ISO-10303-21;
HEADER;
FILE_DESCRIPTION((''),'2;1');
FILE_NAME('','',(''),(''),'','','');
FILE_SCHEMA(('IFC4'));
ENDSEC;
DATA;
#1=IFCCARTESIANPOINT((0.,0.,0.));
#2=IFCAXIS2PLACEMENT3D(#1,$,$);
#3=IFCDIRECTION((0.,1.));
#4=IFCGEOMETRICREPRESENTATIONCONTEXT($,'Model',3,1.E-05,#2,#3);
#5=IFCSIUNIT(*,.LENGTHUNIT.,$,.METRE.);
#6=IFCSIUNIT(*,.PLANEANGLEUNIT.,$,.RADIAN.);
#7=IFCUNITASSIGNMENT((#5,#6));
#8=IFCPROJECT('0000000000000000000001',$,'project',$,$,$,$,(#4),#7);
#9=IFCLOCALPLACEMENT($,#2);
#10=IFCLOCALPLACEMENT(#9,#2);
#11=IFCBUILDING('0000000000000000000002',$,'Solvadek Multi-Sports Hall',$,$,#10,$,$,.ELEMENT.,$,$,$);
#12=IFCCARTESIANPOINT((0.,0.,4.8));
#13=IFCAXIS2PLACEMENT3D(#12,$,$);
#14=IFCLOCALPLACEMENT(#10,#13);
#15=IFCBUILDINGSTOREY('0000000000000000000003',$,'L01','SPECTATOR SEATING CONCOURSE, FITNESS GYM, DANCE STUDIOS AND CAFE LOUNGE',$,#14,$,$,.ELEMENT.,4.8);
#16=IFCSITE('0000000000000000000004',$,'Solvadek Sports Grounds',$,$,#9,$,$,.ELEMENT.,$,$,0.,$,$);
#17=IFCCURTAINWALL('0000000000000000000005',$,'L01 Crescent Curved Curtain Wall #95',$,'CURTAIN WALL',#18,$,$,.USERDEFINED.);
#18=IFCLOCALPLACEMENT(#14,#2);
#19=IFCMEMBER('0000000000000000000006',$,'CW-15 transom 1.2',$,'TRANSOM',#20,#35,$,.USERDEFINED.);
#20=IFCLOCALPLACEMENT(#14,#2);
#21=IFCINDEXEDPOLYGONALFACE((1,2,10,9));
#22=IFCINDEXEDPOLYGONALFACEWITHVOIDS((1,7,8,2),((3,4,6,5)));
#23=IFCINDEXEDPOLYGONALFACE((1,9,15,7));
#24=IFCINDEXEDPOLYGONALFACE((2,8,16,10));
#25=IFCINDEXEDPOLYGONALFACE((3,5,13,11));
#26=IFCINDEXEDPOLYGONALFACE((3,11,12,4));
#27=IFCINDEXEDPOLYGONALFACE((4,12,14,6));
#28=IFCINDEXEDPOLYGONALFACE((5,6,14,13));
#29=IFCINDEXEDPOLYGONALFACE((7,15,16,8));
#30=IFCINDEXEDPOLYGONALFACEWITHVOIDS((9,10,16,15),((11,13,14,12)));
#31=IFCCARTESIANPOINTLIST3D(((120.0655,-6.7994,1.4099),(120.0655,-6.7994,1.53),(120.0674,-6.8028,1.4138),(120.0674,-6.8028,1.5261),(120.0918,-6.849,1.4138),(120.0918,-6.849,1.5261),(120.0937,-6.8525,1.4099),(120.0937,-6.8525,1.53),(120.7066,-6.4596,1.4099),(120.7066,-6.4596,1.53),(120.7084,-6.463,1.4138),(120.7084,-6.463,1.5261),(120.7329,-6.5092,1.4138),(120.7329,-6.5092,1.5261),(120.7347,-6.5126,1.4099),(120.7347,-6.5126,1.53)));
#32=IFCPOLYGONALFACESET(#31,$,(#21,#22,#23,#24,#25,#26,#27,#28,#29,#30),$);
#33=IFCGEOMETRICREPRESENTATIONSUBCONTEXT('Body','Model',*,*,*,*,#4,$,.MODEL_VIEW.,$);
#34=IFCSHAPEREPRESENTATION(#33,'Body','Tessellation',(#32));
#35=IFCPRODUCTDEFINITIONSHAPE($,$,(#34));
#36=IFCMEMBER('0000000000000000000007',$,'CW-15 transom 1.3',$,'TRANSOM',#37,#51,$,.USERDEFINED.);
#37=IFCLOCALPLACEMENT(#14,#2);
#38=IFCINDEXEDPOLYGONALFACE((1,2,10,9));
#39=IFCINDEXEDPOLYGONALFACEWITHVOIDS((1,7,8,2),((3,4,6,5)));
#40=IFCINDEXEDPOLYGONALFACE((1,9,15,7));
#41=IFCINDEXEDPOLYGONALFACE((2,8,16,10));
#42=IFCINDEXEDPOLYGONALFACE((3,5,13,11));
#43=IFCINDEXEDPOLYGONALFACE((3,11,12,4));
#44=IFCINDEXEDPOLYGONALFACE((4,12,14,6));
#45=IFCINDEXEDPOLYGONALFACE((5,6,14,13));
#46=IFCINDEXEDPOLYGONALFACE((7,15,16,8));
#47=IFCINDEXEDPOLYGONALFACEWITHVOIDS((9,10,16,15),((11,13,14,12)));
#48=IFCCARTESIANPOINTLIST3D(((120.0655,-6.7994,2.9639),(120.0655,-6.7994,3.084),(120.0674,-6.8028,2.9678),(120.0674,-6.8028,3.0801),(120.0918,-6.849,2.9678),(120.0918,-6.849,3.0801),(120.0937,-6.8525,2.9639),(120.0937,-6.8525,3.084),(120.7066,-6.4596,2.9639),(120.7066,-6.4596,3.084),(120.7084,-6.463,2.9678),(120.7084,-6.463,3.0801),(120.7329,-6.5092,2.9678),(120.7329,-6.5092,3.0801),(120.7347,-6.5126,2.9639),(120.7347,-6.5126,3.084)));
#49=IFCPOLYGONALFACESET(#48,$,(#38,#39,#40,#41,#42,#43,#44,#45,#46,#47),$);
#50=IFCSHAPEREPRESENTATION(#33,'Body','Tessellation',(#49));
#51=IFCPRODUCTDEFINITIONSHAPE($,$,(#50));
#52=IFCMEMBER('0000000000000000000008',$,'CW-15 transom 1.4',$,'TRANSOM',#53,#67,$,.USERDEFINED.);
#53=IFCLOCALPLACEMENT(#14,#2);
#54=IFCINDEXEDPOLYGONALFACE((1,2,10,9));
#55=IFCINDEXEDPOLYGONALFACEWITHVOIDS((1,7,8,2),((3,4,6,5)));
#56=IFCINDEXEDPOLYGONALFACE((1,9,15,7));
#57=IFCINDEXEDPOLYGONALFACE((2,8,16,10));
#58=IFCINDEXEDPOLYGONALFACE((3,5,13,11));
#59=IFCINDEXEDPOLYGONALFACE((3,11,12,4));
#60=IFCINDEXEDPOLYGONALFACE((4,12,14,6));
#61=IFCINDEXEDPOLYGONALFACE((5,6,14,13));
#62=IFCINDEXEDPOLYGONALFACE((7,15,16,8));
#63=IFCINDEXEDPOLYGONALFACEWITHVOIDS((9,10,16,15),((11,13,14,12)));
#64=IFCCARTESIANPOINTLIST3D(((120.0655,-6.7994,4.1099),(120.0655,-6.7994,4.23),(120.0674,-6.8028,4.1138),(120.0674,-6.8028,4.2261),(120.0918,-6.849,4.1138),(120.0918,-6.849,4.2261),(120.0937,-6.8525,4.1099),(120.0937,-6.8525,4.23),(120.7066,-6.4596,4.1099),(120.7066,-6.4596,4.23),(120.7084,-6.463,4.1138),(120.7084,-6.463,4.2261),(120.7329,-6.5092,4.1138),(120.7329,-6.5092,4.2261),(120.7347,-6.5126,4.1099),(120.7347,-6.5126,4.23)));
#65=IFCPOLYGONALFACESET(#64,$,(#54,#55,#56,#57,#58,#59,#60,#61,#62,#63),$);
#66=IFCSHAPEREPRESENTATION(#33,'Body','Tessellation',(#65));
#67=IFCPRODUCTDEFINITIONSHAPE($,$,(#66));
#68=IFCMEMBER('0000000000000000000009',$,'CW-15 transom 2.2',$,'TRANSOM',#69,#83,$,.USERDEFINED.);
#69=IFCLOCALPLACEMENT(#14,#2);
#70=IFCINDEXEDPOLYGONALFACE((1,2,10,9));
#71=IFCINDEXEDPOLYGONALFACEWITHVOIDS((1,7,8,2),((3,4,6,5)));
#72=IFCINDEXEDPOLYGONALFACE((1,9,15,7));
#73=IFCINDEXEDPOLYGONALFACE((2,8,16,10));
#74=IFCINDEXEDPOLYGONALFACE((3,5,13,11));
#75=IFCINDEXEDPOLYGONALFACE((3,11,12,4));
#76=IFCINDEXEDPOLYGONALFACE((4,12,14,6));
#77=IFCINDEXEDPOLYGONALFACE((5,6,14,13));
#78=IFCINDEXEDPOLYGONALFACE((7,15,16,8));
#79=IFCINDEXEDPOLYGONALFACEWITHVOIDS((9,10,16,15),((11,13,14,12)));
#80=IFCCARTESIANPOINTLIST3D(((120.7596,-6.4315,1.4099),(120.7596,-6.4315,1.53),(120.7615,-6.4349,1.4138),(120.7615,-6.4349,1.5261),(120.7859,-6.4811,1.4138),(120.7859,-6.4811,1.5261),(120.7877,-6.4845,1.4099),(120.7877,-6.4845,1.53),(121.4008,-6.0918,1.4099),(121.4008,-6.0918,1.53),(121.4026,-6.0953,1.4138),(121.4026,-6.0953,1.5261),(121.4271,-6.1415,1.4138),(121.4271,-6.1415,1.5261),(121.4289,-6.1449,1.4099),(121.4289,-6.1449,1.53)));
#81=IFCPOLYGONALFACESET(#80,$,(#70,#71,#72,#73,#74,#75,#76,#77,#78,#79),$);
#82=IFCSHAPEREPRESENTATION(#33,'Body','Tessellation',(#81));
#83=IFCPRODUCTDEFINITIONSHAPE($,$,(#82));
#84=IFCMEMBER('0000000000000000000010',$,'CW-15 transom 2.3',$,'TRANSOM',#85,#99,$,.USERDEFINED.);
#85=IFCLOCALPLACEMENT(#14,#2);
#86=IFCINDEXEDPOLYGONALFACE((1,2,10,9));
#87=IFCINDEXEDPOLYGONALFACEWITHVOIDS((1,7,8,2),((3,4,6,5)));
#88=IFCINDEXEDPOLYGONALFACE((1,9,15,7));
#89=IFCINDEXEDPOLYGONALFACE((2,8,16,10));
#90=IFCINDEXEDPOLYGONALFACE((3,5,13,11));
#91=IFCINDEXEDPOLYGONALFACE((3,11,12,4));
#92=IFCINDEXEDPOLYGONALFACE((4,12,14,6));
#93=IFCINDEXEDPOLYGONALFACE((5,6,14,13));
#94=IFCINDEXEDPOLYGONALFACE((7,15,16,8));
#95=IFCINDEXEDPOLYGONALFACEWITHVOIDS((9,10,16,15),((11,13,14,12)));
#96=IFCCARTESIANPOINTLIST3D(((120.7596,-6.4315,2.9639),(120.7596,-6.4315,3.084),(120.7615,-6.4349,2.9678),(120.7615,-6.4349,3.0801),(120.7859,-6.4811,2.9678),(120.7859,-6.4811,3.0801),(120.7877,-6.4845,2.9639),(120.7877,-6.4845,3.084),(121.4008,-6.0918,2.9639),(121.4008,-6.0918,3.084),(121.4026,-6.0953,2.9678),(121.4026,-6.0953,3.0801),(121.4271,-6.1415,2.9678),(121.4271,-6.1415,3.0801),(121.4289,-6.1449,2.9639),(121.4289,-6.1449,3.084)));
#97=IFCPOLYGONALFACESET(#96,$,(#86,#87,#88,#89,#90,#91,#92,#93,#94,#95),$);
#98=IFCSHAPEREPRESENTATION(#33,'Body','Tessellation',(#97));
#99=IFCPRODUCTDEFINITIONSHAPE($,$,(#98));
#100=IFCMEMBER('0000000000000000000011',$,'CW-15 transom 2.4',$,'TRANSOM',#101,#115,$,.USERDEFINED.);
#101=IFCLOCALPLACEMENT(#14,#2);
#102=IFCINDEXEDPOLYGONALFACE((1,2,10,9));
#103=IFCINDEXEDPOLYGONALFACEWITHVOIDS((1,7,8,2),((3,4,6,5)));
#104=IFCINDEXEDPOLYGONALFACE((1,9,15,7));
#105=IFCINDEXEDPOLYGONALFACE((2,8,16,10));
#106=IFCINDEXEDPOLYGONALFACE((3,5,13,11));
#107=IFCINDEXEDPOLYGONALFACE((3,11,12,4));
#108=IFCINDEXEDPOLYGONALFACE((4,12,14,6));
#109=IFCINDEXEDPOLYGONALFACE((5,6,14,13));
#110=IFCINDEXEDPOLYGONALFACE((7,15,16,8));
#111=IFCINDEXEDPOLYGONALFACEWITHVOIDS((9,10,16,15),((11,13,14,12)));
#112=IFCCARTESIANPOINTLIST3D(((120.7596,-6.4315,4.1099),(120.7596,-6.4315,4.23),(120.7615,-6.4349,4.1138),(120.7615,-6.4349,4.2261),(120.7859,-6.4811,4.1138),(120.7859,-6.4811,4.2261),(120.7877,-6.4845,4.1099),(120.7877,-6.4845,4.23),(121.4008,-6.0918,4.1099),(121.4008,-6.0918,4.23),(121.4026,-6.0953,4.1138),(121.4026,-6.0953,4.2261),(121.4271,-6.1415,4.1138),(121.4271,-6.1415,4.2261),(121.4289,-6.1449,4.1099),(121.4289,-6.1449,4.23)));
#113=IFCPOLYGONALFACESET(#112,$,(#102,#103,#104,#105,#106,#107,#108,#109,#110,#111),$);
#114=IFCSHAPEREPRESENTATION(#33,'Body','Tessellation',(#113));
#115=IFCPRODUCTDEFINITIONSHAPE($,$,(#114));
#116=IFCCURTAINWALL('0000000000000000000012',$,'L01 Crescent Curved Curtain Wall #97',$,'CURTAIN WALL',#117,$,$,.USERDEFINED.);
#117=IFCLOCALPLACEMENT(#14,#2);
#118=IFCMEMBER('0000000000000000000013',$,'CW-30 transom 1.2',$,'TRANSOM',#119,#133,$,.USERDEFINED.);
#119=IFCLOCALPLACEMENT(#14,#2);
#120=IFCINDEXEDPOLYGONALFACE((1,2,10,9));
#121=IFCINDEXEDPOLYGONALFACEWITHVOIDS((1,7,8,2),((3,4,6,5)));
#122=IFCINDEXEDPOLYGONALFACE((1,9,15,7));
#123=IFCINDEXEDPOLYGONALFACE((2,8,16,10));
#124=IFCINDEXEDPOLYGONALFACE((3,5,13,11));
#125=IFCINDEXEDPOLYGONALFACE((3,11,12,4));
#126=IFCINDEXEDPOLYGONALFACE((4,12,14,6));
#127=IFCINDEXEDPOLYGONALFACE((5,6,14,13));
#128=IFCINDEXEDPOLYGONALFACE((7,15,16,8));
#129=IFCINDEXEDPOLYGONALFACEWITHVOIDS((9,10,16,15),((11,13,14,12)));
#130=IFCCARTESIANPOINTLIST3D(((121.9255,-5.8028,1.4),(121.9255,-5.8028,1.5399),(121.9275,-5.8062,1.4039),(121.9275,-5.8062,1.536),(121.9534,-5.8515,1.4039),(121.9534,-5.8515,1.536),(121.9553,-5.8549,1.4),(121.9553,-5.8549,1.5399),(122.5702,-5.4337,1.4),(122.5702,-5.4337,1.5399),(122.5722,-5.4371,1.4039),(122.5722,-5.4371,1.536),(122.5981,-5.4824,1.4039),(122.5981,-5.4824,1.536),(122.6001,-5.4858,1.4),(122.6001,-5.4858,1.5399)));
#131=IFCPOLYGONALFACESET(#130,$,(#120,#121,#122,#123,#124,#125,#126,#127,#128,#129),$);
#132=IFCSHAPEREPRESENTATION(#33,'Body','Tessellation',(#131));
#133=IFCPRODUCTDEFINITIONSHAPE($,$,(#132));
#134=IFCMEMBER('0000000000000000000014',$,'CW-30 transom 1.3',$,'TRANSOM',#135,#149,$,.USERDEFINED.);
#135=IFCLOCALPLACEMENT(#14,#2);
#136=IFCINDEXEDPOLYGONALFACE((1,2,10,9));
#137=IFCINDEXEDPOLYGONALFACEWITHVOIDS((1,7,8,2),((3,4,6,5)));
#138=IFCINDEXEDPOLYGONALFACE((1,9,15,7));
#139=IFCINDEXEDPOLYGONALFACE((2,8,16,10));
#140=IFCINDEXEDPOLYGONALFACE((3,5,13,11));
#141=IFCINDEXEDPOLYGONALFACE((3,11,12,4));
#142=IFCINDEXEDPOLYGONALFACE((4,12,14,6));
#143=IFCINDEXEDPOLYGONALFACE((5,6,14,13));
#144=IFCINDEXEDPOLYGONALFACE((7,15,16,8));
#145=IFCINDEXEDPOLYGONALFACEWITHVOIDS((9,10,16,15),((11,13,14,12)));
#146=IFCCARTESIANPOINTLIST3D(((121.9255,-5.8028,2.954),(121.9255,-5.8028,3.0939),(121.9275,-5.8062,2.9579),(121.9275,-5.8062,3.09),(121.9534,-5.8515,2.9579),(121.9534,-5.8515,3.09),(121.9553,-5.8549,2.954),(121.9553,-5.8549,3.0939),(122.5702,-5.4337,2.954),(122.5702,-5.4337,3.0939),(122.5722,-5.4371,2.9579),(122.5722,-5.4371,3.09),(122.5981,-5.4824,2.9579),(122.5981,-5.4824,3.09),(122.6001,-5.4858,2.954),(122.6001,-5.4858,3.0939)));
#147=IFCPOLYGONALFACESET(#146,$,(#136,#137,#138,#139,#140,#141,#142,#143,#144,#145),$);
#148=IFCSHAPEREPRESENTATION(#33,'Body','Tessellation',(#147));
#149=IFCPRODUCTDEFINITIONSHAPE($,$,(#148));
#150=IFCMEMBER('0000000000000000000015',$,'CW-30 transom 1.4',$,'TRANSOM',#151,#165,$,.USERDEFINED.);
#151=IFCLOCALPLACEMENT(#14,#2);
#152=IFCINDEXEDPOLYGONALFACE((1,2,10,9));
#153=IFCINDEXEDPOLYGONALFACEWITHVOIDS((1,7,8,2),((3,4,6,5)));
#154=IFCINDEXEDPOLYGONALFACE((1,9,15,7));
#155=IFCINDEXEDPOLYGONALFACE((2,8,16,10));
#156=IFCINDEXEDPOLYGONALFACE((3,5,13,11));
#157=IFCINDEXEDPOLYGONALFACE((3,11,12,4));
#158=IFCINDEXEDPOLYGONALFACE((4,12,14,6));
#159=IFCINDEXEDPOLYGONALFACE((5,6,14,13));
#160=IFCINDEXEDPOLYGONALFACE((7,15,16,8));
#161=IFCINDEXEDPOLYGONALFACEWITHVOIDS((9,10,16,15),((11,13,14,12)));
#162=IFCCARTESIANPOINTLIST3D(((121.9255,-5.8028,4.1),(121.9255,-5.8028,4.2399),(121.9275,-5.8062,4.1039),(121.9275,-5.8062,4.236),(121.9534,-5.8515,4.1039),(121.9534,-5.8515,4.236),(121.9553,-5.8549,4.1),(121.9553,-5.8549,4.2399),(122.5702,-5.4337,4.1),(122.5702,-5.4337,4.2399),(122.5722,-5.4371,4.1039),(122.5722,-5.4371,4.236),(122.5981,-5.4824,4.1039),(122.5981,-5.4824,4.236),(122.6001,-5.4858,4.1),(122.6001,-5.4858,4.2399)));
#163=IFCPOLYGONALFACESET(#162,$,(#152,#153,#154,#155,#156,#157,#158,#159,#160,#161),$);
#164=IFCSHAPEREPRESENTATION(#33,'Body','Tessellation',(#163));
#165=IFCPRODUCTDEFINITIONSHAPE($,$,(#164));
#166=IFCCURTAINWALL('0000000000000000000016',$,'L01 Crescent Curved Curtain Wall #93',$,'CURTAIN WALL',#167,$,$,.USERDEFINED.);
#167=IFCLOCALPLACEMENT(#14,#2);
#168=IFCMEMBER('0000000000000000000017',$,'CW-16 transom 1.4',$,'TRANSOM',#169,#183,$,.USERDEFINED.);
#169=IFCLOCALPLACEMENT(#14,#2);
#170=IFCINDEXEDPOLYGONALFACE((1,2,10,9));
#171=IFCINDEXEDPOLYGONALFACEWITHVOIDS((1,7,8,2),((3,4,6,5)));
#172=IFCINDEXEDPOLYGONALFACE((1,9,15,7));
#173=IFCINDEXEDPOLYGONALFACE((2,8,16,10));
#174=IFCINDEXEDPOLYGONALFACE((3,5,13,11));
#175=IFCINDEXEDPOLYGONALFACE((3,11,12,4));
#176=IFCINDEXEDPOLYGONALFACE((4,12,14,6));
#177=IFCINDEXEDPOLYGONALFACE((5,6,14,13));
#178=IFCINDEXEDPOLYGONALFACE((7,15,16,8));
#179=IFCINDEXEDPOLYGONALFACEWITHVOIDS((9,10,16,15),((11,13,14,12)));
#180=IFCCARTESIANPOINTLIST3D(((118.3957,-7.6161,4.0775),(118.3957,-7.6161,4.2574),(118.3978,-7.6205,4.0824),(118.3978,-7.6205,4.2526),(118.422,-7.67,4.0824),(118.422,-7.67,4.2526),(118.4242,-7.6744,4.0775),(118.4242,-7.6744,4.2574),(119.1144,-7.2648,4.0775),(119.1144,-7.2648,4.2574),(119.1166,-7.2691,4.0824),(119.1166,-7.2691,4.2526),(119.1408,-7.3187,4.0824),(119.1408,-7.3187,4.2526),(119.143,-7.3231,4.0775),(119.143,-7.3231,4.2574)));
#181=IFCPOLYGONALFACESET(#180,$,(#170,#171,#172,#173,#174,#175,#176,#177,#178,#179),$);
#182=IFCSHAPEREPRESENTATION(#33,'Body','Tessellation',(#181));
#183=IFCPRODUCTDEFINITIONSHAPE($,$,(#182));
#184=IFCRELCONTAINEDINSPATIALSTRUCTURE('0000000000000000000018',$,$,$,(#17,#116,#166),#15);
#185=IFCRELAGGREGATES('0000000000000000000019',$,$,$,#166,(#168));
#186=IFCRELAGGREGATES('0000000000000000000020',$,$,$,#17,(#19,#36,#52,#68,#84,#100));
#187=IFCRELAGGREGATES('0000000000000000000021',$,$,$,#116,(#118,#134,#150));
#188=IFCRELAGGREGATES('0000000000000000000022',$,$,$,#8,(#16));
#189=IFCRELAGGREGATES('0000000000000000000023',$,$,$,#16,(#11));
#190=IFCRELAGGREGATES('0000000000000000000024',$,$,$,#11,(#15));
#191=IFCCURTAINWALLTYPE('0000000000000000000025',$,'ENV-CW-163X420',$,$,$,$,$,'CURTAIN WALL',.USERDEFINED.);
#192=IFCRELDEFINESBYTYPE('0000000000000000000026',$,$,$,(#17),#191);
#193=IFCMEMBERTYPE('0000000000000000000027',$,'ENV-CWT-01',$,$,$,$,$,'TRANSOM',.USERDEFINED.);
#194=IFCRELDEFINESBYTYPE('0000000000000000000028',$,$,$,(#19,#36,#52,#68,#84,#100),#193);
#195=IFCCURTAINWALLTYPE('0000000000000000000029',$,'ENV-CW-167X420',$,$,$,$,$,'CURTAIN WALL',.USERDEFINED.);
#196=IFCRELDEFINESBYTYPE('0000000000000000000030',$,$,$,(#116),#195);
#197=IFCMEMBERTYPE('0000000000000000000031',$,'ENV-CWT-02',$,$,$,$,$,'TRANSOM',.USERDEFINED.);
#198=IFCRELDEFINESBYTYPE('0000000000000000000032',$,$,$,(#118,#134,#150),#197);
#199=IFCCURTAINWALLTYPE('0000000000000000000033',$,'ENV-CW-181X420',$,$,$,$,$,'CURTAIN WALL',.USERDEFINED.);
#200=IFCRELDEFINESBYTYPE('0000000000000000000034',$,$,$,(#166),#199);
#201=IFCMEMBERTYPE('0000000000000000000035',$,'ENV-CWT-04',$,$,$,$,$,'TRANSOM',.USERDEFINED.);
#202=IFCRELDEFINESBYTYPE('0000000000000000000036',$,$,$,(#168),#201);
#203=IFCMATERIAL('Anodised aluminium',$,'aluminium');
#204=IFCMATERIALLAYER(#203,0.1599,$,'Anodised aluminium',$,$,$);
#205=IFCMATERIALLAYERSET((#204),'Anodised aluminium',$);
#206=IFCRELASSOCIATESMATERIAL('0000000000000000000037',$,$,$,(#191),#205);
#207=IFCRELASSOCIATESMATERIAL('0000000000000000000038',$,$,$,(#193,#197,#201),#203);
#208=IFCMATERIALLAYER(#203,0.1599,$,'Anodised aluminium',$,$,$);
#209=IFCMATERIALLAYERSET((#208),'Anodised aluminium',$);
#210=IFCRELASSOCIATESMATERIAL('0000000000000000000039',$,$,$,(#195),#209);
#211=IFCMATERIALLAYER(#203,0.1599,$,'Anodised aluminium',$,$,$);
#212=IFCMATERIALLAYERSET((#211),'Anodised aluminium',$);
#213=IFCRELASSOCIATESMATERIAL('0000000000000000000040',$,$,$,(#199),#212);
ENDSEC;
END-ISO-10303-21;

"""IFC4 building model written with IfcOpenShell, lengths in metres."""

from ifc_helpers import new_model, si_unit, direction, frame, origin, origin_2d, place, context, subcontext, project, spatial, hollow_rectangle, extrude, material, layer, layer_set, material_profile, profile_set, type_object, element, aggregate, save


model = new_model("IFC4")

# Units and contexts
model_context = context("Model", 3, precision=1e-05, world=origin(), true_north=direction((0.0, 1.0)))
body_context = subcontext(model_context, "Body", "Model", "MODEL_VIEW")
ifc_project = project(units=[si_unit("LENGTHUNIT", "METRE"), si_unit("PLANEANGLEUNIT", "RADIAN")], contexts=[model_context])

# Site, building, storey
site_placement = place(None, origin())
site = spatial("IfcSite", under=ifc_project, at=site_placement, Name="Solvadek Sports Grounds", CompositionType="ELEMENT", RefElevation=0.0)
building_placement = place(site_placement, origin())
building = spatial("IfcBuilding", under=site, at=building_placement, Name="Solvadek Multi-Sports Hall", CompositionType="ELEMENT")
storey_placement = place(building_placement, frame((0.0, 0.0, 4.8)))
storey = spatial("IfcBuildingStorey", under=building, at=storey_placement, Name="L01", Description="SPECTATOR SEATING CONCOURSE, FITNESS GYM, DANCE STUDIOS AND CAFE LOUNGE", CompositionType="ELEMENT", Elevation=4.8)

# Curtain walls, members
ifc_material_1 = material(Name="Anodised aluminium", Category="aluminium")
ifc_layer_1 = layer(ifc_material_1, 0.1599, Name="Anodised aluminium")
ifc_layer_set_1 = layer_set([ifc_layer_1], Name="Anodised aluminium")
curtain_wall_type_1 = type_object("IfcCurtainWallType", Name="ENV-CW-163X420", ElementType="CURTAIN WALL", PredefinedType="USERDEFINED", material=ifc_layer_set_1)
curtain_wall_1_placement = place(storey_placement, origin())
curtain_wall_1 = element("IfcCurtainWall", 1, at=curtain_wall_1_placement, inside=storey, type_object=curtain_wall_type_1, Name="L01 Crescent Curved Curtain Wall #95", ObjectType="CURTAIN WALL", PredefinedType="USERDEFINED")
ifc_material_profile_1 = material_profile(ifc_material_1, hollow_rectangle(XDim=0.0601, YDim=0.1201, WallThickness=0.0039, at=origin_2d()), Name="ALU-T 120x60x4")
ifc_profile_set_1 = profile_set([ifc_material_profile_1], Name="Anodised aluminium")
member_type_1 = type_object("IfcMemberType", Name="ENV-CWT-01", ElementType="TRANSOM", PredefinedType="USERDEFINED", material=ifc_profile_set_1)
member_1_placement = place(storey_placement, frame((120.0796, -6.8259, 1.47), z_axis=(0.883542, 0.468351, 0.0), x_axis=(-0.468351, 0.883542, 0.0)))
member_1 = element("IfcMember", 2, at=member_1_placement, type_object=member_type_1, Name="CW-15 transom 1.2", ObjectType="TRANSOM", PredefinedType="USERDEFINED", context=body_context, shape_type="SweptSolid", body=[
    extrude(hollow_rectangle(XDim=0.0601, YDim=0.1201, WallThickness=0.0039, at=origin_2d()), origin(), (0.0, 0.0, 1.0), 0.7256),
])
member_2_placement = place(storey_placement, frame((120.0796, -6.8259, 3.0239), z_axis=(0.883542, 0.468351, 0.0), x_axis=(-0.468351, 0.883542, 0.0)))
member_2 = element("IfcMember", 3, at=member_2_placement, type_object=member_type_1, Name="CW-15 transom 1.3", ObjectType="TRANSOM", PredefinedType="USERDEFINED", context=body_context, shape_type="SweptSolid", body=[
    extrude(hollow_rectangle(XDim=0.0601, YDim=0.1201, WallThickness=0.0039, at=origin_2d()), origin(), (0.0, 0.0, 1.0), 0.7256),
])
member_3_placement = place(storey_placement, frame((120.0796, -6.8259, 4.1699), z_axis=(0.883542, 0.468351, 0.0), x_axis=(-0.468351, 0.883542, 0.0)))
member_3 = element("IfcMember", 4, at=member_3_placement, type_object=member_type_1, Name="CW-15 transom 1.4", ObjectType="TRANSOM", PredefinedType="USERDEFINED", context=body_context, shape_type="SweptSolid", body=[
    extrude(hollow_rectangle(XDim=0.0601, YDim=0.1201, WallThickness=0.0039, at=origin_2d()), origin(), (0.0, 0.0, 1.0), 0.7256),
])
member_4_placement = place(storey_placement, frame((120.7737, -6.458, 1.47), z_axis=(0.883681, 0.468089, 0.0), x_axis=(-0.468089, 0.883681, 0.0)))
member_4 = element("IfcMember", 5, at=member_4_placement, type_object=member_type_1, Name="CW-15 transom 2.2", ObjectType="TRANSOM", PredefinedType="USERDEFINED", context=body_context, shape_type="SweptSolid", body=[
    extrude(hollow_rectangle(XDim=0.0601, YDim=0.1201, WallThickness=0.0039, at=origin_2d()), origin(), (0.0, 0.0, 1.0), 0.7256),
])
member_5_placement = place(storey_placement, frame((120.7737, -6.458, 3.0239), z_axis=(0.883681, 0.468089, 0.0), x_axis=(-0.468089, 0.883681, 0.0)))
member_5 = element("IfcMember", 6, at=member_5_placement, type_object=member_type_1, Name="CW-15 transom 2.3", ObjectType="TRANSOM", PredefinedType="USERDEFINED", context=body_context, shape_type="SweptSolid", body=[
    extrude(hollow_rectangle(XDim=0.0601, YDim=0.1201, WallThickness=0.0039, at=origin_2d()), origin(), (0.0, 0.0, 1.0), 0.7256),
])
member_6_placement = place(storey_placement, frame((120.7737, -6.458, 4.1699), z_axis=(0.883681, 0.468089, 0.0), x_axis=(-0.468089, 0.883681, 0.0)))
member_6 = element("IfcMember", 7, at=member_6_placement, type_object=member_type_1, Name="CW-15 transom 2.4", ObjectType="TRANSOM", PredefinedType="USERDEFINED", context=body_context, shape_type="SweptSolid", body=[
    extrude(hollow_rectangle(XDim=0.0601, YDim=0.1201, WallThickness=0.0039, at=origin_2d()), origin(), (0.0, 0.0, 1.0), 0.7256),
])
ifc_layer_2 = layer(ifc_material_1, 0.1599, Name="Anodised aluminium")
ifc_layer_set_2 = layer_set([ifc_layer_2], Name="Anodised aluminium")
curtain_wall_type_2 = type_object("IfcCurtainWallType", Name="ENV-CW-167X420", ElementType="CURTAIN WALL", PredefinedType="USERDEFINED", material=ifc_layer_set_2)
curtain_wall_2_placement = place(storey_placement, origin())
curtain_wall_2 = element("IfcCurtainWall", 8, at=curtain_wall_2_placement, inside=storey, type_object=curtain_wall_type_2, Name="L01 Crescent Curved Curtain Wall #97", ObjectType="CURTAIN WALL", PredefinedType="USERDEFINED")
ifc_material_profile_2 = material_profile(ifc_material_1, hollow_rectangle(XDim=0.0601, YDim=0.1399, WallThickness=0.0039, at=origin_2d()), Name="ALU-T 140x60x4")
ifc_profile_set_2 = profile_set([ifc_material_profile_2], Name="Anodised aluminium")
member_type_2 = type_object("IfcMemberType", Name="ENV-CWT-02", ElementType="TRANSOM", PredefinedType="USERDEFINED", material=ifc_profile_set_2)
member_7_placement = place(storey_placement, frame((121.9404, -5.8289, 1.47), z_axis=(0.867838, 0.496847, 0.0), x_axis=(-0.496847, 0.867838, 0.0)))
member_7 = element("IfcMember", 9, at=member_7_placement, type_object=member_type_2, Name="CW-30 transom 1.2", ObjectType="TRANSOM", PredefinedType="USERDEFINED", context=body_context, shape_type="SweptSolid", body=[
    extrude(hollow_rectangle(XDim=0.0601, YDim=0.1399, WallThickness=0.0039, at=origin_2d()), origin(), (0.0, 0.0, 1.0), 0.7429),
])
member_8_placement = place(storey_placement, frame((121.9404, -5.8289, 3.0239), z_axis=(0.867838, 0.496847, 0.0), x_axis=(-0.496847, 0.867838, 0.0)))
member_8 = element("IfcMember", 10, at=member_8_placement, type_object=member_type_2, Name="CW-30 transom 1.3", ObjectType="TRANSOM", PredefinedType="USERDEFINED", context=body_context, shape_type="SweptSolid", body=[
    extrude(hollow_rectangle(XDim=0.0601, YDim=0.1399, WallThickness=0.0039, at=origin_2d()), origin(), (0.0, 0.0, 1.0), 0.7429),
])
member_9_placement = place(storey_placement, frame((121.9404, -5.8289, 4.1699), z_axis=(0.867838, 0.496847, 0.0), x_axis=(-0.496847, 0.867838, 0.0)))
member_9 = element("IfcMember", 11, at=member_9_placement, type_object=member_type_2, Name="CW-30 transom 1.4", ObjectType="TRANSOM", PredefinedType="USERDEFINED", context=body_context, shape_type="SweptSolid", body=[
    extrude(hollow_rectangle(XDim=0.0601, YDim=0.1399, WallThickness=0.0039, at=origin_2d()), origin(), (0.0, 0.0, 1.0), 0.7429),
])
ifc_layer_3 = layer(ifc_material_1, 0.1599, Name="Anodised aluminium")
ifc_layer_set_3 = layer_set([ifc_layer_3], Name="Anodised aluminium")
curtain_wall_type_3 = type_object("IfcCurtainWallType", Name="ENV-CW-181X420", ElementType="CURTAIN WALL", PredefinedType="USERDEFINED", material=ifc_layer_set_3)
curtain_wall_3_placement = place(storey_placement, origin())
curtain_wall_3 = element("IfcCurtainWall", 12, at=curtain_wall_3_placement, inside=storey, type_object=curtain_wall_type_3, Name="L01 Crescent Curved Curtain Wall #93", ObjectType="CURTAIN WALL", PredefinedType="USERDEFINED")
ifc_material_profile_3 = material_profile(ifc_material_1, hollow_rectangle(XDim=0.0649, YDim=0.1799, WallThickness=0.0049, at=origin_2d()), Name="ALU-T 180x65x5")
ifc_profile_set_3 = profile_set([ifc_material_profile_3], Name="Anodised aluminium")
member_type_3 = type_object("IfcMemberType", Name="ENV-CWT-04", ElementType="TRANSOM", PredefinedType="USERDEFINED", material=ifc_profile_set_3)
member_10_placement = place(storey_placement, frame((118.4099, -7.6453, 4.1675), z_axis=(0.898419, 0.439139, 0.0), x_axis=(-0.439139, 0.898419, 0.0)))
member_10 = element("IfcMember", 13, at=member_10_placement, type_object=member_type_3, Name="CW-16 transom 1.4", ObjectType="TRANSOM", PredefinedType="USERDEFINED", context=body_context, shape_type="SweptSolid", body=[
    extrude(hollow_rectangle(XDim=0.0649, YDim=0.1799, WallThickness=0.0049, at=origin_2d()), origin(), (0.0, 0.0, 1.0), 0.8),
])

aggregate(curtain_wall_3, [member_10])
aggregate(curtain_wall_1, [member_1, member_2, member_3, member_4, member_5, member_6])
aggregate(curtain_wall_2, [member_7, member_8, member_9])

save(model, "model.ifc")
